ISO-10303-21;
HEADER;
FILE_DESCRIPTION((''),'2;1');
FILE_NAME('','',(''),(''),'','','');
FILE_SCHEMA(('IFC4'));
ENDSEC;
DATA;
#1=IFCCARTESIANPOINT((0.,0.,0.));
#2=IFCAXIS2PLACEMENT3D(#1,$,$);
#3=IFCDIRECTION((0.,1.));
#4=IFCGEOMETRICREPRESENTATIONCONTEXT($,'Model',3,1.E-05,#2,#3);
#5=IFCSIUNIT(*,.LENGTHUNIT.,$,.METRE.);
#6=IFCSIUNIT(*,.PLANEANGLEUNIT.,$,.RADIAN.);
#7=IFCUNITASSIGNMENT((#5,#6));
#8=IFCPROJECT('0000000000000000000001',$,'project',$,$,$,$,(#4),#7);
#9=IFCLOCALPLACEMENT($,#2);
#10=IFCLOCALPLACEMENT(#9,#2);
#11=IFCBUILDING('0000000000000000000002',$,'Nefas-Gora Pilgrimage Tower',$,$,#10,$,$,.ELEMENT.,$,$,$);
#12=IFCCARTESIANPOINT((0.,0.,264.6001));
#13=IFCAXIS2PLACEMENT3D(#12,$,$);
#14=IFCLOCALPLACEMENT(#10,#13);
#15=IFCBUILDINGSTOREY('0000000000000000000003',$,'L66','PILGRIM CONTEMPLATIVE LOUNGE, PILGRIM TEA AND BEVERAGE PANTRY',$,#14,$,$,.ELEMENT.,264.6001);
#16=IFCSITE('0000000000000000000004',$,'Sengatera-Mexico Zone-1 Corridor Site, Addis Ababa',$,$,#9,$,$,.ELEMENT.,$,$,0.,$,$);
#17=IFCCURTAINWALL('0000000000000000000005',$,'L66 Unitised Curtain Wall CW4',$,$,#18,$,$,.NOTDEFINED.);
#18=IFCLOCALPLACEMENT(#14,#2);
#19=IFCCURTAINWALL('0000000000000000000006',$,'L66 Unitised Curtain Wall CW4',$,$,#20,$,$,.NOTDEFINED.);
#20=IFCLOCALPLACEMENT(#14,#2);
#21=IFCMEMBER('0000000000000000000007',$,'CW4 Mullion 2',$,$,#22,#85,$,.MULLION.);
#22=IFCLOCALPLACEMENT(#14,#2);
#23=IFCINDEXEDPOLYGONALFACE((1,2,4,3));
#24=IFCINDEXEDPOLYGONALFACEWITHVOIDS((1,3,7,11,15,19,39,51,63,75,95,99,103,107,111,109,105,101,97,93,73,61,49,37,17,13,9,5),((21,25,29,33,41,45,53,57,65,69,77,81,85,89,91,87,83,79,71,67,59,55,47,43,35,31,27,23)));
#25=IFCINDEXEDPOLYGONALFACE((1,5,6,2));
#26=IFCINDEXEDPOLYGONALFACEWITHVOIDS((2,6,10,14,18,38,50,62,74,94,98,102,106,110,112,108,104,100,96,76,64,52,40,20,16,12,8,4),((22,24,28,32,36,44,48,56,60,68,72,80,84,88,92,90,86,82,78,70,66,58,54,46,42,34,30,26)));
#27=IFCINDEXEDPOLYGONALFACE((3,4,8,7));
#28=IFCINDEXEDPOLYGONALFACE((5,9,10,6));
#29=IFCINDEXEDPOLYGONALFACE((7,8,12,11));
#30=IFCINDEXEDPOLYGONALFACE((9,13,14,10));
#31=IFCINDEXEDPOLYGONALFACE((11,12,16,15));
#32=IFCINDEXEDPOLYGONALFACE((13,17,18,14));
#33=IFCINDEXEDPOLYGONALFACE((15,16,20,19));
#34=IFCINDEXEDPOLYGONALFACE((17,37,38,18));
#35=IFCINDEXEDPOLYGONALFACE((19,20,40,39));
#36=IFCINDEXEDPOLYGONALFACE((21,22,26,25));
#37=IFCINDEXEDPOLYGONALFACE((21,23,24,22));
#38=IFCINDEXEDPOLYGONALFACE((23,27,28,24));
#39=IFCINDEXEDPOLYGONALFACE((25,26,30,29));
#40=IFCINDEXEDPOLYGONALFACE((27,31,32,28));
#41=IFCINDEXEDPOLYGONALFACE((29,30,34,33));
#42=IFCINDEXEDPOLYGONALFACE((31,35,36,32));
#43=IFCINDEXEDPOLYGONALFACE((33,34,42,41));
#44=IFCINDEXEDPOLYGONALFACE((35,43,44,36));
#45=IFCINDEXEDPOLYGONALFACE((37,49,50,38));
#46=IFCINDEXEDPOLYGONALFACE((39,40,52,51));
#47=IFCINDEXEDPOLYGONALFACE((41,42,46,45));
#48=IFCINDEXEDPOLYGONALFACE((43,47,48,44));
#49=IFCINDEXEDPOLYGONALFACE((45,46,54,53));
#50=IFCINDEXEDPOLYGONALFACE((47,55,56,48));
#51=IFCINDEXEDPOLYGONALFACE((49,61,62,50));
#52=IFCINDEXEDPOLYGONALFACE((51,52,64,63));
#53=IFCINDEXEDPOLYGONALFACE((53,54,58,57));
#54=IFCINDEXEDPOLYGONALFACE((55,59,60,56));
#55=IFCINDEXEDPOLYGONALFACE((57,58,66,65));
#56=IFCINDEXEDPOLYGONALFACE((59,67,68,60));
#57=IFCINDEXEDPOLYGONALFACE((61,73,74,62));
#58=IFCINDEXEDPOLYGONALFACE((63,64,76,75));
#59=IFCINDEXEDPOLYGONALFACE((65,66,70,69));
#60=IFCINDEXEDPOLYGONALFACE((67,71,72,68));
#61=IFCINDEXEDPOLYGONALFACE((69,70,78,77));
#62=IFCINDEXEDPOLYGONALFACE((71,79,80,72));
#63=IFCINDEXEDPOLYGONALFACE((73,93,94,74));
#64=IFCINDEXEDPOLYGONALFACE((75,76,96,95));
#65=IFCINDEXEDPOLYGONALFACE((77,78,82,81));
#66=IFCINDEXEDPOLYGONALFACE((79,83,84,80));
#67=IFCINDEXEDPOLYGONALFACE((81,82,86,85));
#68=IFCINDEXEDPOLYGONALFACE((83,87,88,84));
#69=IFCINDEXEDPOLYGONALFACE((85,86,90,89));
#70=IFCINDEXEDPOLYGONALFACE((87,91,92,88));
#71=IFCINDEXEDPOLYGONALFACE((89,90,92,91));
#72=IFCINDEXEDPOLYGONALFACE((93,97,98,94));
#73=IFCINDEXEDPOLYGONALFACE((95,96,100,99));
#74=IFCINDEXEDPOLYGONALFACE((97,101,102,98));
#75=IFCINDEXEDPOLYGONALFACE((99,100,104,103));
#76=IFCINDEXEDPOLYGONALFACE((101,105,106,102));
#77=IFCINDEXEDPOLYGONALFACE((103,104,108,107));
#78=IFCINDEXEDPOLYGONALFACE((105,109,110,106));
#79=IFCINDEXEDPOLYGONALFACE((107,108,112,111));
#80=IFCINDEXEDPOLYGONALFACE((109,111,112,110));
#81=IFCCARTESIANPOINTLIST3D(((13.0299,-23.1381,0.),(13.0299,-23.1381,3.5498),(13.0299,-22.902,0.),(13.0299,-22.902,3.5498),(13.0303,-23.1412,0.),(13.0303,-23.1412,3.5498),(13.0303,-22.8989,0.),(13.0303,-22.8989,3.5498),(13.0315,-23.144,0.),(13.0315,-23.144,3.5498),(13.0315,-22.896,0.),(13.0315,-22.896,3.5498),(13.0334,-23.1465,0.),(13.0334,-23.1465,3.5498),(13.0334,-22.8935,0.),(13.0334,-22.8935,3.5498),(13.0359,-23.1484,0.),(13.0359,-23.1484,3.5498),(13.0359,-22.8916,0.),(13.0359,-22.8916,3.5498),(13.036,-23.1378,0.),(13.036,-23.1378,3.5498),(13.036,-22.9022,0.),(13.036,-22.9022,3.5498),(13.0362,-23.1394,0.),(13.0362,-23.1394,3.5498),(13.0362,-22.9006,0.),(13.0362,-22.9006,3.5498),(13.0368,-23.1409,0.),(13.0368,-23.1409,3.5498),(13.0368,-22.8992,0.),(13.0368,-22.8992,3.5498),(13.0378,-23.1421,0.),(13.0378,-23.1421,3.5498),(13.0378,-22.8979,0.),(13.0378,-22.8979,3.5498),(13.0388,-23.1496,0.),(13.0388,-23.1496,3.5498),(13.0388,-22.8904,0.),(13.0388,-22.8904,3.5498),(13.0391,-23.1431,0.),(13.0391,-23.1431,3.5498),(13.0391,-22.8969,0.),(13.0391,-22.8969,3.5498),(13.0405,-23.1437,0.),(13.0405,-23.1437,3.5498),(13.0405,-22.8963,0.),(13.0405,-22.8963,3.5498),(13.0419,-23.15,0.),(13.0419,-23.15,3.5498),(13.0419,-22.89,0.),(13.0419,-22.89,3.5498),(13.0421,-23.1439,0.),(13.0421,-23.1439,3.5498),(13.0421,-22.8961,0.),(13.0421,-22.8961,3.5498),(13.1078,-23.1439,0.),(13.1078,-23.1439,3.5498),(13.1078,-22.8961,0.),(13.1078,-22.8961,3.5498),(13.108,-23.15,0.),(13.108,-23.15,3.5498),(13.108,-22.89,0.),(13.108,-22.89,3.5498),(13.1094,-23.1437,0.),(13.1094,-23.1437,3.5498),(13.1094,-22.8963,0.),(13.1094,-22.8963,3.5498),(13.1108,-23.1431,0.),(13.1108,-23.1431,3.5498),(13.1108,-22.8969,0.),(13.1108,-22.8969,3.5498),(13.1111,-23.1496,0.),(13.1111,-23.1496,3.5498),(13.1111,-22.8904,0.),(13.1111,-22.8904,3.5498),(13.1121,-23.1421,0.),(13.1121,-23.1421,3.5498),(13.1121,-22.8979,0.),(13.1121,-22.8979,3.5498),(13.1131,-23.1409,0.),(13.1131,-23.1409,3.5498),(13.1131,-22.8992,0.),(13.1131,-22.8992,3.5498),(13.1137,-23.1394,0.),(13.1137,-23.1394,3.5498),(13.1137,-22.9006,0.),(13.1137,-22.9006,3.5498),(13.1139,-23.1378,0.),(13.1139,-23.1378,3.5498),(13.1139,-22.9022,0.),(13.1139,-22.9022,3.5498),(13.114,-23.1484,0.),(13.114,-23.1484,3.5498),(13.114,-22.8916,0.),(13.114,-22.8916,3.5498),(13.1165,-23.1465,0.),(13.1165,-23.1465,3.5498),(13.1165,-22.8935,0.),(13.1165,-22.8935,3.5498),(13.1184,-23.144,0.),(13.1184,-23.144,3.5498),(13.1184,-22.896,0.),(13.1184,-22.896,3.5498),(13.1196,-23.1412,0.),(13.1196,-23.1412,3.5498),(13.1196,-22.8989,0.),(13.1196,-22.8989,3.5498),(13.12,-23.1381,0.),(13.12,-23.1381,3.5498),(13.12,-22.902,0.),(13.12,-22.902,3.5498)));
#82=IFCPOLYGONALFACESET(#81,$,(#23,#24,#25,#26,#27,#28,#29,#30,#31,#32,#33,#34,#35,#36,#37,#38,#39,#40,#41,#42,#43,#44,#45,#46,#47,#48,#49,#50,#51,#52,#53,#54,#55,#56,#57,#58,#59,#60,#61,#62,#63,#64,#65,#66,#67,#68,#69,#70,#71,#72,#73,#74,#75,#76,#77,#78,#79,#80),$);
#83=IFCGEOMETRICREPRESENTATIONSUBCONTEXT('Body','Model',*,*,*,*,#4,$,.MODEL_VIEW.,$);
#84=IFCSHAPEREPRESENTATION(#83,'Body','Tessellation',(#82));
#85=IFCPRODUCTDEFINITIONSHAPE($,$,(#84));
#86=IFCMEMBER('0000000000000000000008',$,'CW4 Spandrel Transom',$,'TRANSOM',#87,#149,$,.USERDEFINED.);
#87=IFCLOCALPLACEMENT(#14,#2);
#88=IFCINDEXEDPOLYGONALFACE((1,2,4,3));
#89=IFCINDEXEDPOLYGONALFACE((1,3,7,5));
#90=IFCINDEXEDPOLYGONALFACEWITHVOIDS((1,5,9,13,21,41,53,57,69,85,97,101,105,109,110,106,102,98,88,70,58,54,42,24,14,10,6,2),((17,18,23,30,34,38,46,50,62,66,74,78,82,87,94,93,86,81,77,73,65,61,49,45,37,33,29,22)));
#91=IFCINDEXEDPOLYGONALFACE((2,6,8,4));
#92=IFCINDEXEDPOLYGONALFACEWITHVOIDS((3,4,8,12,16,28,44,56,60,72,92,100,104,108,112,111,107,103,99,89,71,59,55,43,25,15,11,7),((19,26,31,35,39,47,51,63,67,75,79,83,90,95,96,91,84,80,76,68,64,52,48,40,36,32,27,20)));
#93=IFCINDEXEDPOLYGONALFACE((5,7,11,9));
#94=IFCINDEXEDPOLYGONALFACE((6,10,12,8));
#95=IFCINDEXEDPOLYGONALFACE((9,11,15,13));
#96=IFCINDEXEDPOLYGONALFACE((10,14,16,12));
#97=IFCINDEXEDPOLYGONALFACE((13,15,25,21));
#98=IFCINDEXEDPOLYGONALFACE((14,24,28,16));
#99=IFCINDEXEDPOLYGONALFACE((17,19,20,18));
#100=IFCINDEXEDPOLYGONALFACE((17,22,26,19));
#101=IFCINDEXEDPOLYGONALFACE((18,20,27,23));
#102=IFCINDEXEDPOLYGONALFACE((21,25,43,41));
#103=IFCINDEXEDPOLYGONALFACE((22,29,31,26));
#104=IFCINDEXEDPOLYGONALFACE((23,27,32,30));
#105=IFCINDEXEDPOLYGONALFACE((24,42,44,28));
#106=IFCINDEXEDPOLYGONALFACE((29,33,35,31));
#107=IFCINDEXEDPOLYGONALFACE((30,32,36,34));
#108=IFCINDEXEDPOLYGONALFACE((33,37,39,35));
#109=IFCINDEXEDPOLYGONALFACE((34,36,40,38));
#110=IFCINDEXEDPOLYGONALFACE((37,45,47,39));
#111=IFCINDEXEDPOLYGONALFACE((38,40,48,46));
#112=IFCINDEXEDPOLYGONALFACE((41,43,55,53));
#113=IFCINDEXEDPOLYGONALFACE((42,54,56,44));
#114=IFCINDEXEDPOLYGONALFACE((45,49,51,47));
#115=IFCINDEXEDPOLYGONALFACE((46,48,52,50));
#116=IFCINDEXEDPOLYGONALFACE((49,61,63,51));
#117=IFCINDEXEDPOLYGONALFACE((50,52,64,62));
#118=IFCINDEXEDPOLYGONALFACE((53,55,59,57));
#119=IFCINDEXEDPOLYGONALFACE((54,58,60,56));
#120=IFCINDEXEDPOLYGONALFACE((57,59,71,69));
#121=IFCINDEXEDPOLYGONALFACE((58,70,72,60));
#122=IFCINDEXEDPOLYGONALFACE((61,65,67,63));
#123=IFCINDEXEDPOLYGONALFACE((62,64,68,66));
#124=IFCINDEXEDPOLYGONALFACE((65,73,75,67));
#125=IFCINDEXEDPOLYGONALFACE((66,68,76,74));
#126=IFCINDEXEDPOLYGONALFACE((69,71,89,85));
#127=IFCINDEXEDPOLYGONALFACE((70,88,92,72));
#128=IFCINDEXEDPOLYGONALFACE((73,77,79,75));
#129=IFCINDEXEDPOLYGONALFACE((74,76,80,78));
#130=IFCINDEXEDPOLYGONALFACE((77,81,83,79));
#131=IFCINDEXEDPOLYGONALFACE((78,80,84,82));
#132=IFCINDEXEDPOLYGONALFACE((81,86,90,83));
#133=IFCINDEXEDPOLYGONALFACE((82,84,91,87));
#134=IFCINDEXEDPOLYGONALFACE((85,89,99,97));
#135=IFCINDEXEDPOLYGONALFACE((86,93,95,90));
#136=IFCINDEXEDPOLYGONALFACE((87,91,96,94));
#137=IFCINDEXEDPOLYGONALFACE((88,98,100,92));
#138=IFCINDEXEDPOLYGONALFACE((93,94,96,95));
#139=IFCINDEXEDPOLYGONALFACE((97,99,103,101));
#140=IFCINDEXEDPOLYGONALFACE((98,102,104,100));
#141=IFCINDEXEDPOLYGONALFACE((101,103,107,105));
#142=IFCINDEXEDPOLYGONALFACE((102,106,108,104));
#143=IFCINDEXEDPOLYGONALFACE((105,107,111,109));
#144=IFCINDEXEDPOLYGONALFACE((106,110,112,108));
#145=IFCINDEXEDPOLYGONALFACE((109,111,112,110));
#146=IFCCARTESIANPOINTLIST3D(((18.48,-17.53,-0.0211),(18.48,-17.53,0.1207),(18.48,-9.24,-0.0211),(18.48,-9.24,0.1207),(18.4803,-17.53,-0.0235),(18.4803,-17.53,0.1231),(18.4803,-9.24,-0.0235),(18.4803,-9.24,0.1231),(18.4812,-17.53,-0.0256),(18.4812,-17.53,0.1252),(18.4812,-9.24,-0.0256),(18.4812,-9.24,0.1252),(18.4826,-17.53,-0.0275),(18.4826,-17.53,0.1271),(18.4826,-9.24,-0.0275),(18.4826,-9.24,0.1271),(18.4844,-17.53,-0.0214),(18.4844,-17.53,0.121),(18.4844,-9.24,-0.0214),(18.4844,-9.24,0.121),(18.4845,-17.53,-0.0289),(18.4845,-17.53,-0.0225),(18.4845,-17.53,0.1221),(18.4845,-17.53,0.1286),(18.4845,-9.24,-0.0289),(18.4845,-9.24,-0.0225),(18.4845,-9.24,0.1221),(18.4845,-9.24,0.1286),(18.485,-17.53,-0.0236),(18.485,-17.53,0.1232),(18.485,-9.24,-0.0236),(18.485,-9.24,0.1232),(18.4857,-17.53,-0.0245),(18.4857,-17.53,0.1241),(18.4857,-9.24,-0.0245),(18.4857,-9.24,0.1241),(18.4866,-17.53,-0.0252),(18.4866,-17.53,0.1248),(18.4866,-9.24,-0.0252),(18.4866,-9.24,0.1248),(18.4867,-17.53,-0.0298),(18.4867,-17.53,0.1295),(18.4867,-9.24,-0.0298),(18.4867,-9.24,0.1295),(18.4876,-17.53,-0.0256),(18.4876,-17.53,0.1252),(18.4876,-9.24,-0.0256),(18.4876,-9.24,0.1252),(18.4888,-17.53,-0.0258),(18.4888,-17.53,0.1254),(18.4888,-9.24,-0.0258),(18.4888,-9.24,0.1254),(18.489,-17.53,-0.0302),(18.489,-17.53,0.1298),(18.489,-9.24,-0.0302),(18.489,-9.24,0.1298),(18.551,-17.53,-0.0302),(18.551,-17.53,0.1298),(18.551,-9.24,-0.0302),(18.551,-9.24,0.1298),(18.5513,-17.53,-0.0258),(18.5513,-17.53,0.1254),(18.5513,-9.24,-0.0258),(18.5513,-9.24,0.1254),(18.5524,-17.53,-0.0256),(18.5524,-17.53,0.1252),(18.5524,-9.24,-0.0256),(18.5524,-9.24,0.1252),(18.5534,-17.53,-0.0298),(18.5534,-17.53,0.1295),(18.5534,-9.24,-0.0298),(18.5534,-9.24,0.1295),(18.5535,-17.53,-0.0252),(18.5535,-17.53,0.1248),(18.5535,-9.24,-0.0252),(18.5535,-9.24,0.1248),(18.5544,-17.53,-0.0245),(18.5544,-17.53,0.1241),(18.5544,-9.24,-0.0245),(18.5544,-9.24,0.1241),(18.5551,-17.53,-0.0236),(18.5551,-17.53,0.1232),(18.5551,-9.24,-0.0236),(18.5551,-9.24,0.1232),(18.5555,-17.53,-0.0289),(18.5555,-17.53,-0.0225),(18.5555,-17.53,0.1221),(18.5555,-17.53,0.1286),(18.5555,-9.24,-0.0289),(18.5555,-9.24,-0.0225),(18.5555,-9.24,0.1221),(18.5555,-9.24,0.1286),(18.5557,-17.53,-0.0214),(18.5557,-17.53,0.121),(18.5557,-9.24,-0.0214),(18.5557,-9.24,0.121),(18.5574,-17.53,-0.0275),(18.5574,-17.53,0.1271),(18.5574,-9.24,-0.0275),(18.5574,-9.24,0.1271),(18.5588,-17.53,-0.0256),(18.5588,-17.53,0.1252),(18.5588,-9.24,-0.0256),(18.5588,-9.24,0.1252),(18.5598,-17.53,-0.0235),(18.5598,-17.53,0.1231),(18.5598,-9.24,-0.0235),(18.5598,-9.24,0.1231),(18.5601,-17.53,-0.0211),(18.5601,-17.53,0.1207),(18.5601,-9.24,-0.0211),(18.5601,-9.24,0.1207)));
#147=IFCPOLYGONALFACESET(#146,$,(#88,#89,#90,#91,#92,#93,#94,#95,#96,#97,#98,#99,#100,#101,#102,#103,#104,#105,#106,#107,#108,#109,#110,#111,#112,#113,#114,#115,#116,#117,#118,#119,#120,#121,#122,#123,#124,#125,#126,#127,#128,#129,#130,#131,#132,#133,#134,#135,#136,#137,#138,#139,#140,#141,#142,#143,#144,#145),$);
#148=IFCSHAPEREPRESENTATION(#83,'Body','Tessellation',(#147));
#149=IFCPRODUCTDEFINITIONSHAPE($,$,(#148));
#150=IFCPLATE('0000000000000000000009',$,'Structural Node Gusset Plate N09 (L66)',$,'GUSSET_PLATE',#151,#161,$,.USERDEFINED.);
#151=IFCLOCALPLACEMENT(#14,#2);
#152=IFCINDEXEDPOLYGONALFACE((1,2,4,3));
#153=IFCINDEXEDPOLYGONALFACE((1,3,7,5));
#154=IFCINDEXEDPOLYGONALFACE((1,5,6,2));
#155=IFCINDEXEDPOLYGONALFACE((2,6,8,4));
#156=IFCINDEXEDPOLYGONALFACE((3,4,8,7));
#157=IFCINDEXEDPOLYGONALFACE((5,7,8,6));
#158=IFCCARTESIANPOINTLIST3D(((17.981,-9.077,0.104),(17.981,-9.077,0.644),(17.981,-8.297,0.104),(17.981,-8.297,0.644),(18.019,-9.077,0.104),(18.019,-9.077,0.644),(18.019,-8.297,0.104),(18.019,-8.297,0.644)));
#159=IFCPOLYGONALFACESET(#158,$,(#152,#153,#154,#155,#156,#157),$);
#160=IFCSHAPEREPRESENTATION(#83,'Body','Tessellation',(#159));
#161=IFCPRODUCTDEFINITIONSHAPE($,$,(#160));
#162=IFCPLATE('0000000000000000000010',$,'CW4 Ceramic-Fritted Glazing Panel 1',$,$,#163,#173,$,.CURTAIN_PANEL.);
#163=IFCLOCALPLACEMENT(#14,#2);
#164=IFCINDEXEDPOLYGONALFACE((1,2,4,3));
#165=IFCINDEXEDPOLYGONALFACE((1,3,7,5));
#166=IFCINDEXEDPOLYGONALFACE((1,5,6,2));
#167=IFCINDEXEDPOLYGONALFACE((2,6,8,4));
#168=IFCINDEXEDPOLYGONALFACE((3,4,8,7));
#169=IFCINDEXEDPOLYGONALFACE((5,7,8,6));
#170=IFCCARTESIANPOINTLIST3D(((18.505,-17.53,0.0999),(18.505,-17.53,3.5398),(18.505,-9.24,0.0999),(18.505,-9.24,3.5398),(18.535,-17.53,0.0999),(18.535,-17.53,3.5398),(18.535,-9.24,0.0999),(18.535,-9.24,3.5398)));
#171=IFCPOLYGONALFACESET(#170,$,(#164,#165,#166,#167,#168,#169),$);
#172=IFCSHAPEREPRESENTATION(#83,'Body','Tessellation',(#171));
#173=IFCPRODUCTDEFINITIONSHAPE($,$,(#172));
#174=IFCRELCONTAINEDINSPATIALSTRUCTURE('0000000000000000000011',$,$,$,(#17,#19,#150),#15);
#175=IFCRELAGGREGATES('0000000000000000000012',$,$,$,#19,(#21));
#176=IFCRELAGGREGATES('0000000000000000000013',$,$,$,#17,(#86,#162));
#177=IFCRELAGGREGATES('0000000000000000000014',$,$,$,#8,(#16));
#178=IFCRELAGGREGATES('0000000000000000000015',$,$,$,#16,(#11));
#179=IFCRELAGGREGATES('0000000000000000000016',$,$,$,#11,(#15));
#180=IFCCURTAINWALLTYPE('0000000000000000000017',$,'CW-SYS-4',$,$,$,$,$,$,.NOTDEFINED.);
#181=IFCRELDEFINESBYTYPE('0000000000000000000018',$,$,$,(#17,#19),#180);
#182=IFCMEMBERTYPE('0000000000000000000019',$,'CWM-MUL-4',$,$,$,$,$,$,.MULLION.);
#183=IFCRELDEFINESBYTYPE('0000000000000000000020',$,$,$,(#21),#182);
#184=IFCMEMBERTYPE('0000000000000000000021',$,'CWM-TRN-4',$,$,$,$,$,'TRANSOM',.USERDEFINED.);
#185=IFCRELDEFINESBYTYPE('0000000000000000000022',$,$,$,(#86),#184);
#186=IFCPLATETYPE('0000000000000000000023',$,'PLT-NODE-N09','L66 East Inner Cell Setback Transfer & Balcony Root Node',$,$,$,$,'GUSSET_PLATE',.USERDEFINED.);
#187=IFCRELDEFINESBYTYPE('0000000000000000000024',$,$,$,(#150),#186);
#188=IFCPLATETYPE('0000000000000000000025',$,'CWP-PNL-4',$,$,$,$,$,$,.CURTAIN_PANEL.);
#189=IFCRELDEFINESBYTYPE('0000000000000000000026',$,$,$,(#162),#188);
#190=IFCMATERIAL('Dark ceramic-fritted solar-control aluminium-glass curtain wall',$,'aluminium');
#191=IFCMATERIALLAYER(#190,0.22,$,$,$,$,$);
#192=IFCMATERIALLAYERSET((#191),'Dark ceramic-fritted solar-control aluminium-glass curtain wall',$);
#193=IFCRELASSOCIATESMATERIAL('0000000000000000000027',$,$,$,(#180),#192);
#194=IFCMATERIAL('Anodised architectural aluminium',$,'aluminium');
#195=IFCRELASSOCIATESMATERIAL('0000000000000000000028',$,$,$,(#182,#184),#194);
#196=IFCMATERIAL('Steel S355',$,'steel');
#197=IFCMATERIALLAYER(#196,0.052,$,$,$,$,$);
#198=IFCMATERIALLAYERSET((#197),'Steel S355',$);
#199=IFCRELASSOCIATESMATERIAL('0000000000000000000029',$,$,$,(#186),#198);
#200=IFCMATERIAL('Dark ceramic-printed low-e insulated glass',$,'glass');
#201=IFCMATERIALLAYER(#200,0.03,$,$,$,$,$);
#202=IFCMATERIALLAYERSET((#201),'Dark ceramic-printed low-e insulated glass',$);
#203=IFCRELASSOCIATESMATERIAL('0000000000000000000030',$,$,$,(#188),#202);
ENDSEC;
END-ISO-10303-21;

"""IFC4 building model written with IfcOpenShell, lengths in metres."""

from ifc_helpers import new_model, si_unit, direction, frame, origin, origin_2d, place, context, subcontext, project, spatial, rectangle, hollow_rectangle, extrude, source, transform, mapped, material, layer, layer_set, material_profile, profile_set, type_object, element, aggregate, save


model = new_model("IFC4")

# Units and contexts
model_context = context("Model", 3, precision=1e-05, world=origin(), true_north=direction((0.0, 1.0)))
body_context = subcontext(model_context, "Body", "Model", "MODEL_VIEW")
ifc_project = project(units=[si_unit("LENGTHUNIT", "METRE"), si_unit("PLANEANGLEUNIT", "RADIAN")], contexts=[model_context])

# Site, building, storey
site_placement = place(None, origin())
site = spatial("IfcSite", under=ifc_project, at=site_placement, Name="Sengatera-Mexico Zone-1 Corridor Site, Addis Ababa", CompositionType="ELEMENT", RefElevation=0.0)
building_placement = place(site_placement, origin())
building = spatial("IfcBuilding", under=site, at=building_placement, Name="Nefas-Gora Pilgrimage Tower", CompositionType="ELEMENT")
storey_placement = place(building_placement, frame((0.0, 0.0, 264.6001)))
storey = spatial("IfcBuildingStorey", under=building, at=storey_placement, Name="L66", Description="PILGRIM CONTEMPLATIVE LOUNGE, PILGRIM TEA AND BEVERAGE PANTRY", CompositionType="ELEMENT", Elevation=264.6001)

# Shared definitions
ifc_material_1 = material(Name="Steel S355", Category="steel")

# Curtain wall
ifc_material_2 = material(Name="Dark ceramic-fritted solar-control aluminium-glass curtain wall", Category="aluminium")
ifc_layer_1 = layer(ifc_material_2, 0.22)
ifc_layer_set_1 = layer_set([ifc_layer_1], Name="Dark ceramic-fritted solar-control aluminium-glass curtain wall")
curtain_wall_type = type_object("IfcCurtainWallType", Name="CW-SYS-4", PredefinedType="NOTDEFINED", material=ifc_layer_set_1)
curtain_wall_1_placement = place(storey_placement, origin())
curtain_wall_1 = element("IfcCurtainWall", 1, at=curtain_wall_1_placement, inside=storey, type_object=curtain_wall_type, Name="L66 Unitised Curtain Wall CW4", PredefinedType="NOTDEFINED")
ifc_material_3 = material(Name="Anodised architectural aluminium", Category="aluminium")
ifc_material_profile_1 = material_profile(ifc_material_3, hollow_rectangle(XDim=0.0901, YDim=0.26, WallThickness=0.0061, InnerFilletRadius=0.0061, OuterFilletRadius=0.012, at=origin_2d()), Name="ALU MULLION 90x260")
ifc_profile_set_1 = profile_set([ifc_material_profile_1], Name="Anodised architectural aluminium")
member_type_1 = type_object("IfcMemberType", Name="CWM-MUL-4", PredefinedType="MULLION", material=ifc_profile_set_1)
shared_shape_1 = source(origin(), body_context, "Body", "SweptSolid", [
    extrude(hollow_rectangle(XDim=0.0901, YDim=0.26, WallThickness=0.0061, InnerFilletRadius=0.0061, OuterFilletRadius=0.012, at=origin_2d()), origin(), (0.0, 0.0, 1.0), 3.5498),
])

# Curtain wall, member
curtain_wall_2_placement = place(storey_placement, origin())
curtain_wall_2 = element("IfcCurtainWall", 2, at=curtain_wall_2_placement, inside=storey, type_object=curtain_wall_type, Name="L66 Unitised Curtain Wall CW4", PredefinedType="NOTDEFINED")
member_1_placement = place(storey_placement, frame((13.075, -23.02, 0.0), z_axis=(0.0, 0.0, 1.0), x_axis=(1.0, 0.0, 0.0)))
member_1 = element("IfcMember", 3, at=member_1_placement, type_object=member_type_1, Name="CW4 Mullion 2", PredefinedType="MULLION", context=body_context, shape_type="MappedRepresentation", body=[
    mapped(shared_shape_1, transform((0.0, 0.0, 0.0), x_axis=(1.0, 0.0, 0.0), y_axis=(0.0, 1.0, 0.0), z_axis=(0.0, 0.0, 1.0), scale=1.0)),
])
aggregate(curtain_wall_2, [member_1])

# Member
ifc_material_profile_2 = material_profile(ifc_material_3, hollow_rectangle(XDim=0.0801, YDim=0.1599, WallThickness=0.0044, InnerFilletRadius=0.0044, OuterFilletRadius=0.009, at=origin_2d()), Name="ALU TRANSOM 80x160")
ifc_profile_set_2 = profile_set([ifc_material_profile_2], Name="Anodised architectural aluminium")
member_type_2 = type_object("IfcMemberType", Name="CWM-TRN-4", ElementType="TRANSOM", PredefinedType="USERDEFINED", material=ifc_profile_set_2)
shared_shape_2 = source(origin(), body_context, "Body", "SweptSolid", [
    extrude(hollow_rectangle(XDim=0.0801, YDim=0.1599, WallThickness=0.0044, InnerFilletRadius=0.0044, OuterFilletRadius=0.009, at=origin_2d()), origin(), (0.0, 0.0, 1.0), 8.29),
])
member_2_placement = place(storey_placement, frame((18.52, -17.53, 0.0498), z_axis=(0.0, 1.0, 0.0), x_axis=(-1.0, 0.0, 0.0)))
member_2 = element("IfcMember", 4, at=member_2_placement, type_object=member_type_2, Name="CW4 Spandrel Transom", ObjectType="TRANSOM", PredefinedType="USERDEFINED", context=body_context, shape_type="MappedRepresentation", body=[
    mapped(shared_shape_2, transform((0.0, 0.0, 0.0), x_axis=(1.0, 0.0, 0.0), y_axis=(0.0, 1.0, 0.0), z_axis=(0.0, 0.0, 1.0), scale=1.0)),
])

# Plates
ifc_layer_2 = layer(ifc_material_1, 0.052)
ifc_layer_set_2 = layer_set([ifc_layer_2], Name="Steel S355")
plate_type_1 = type_object("IfcPlateType", Name="PLT-NODE-N09", Description="L66 East Inner Cell Setback Transfer & Balcony Root Node", ElementType="GUSSET_PLATE", PredefinedType="USERDEFINED", material=ifc_layer_set_2)
shared_shape_3 = source(origin(), body_context, "Body", "SweptSolid", [
    extrude(rectangle(XDim=0.78, YDim=0.0381, at=origin_2d()), origin(), (0.0, 0.0, 1.0), 0.54),
])
plate_1_placement = place(storey_placement, frame((18.0, -8.687, 0.104), z_axis=(0.0, 0.0, 1.0), x_axis=(0.0, 1.0, 0.0)))
element("IfcPlate", 5, at=plate_1_placement, inside=storey, type_object=plate_type_1, Name="Structural Node Gusset Plate N09 (L66)", ObjectType="GUSSET_PLATE", PredefinedType="USERDEFINED", context=body_context, shape_type="MappedRepresentation", body=[
    mapped(shared_shape_3, transform((0.0, 0.0, 0.0), x_axis=(1.0, 0.0, 0.0), y_axis=(0.0, 1.0, 0.0), z_axis=(0.0, 0.0, 1.0), scale=1.0)),
])
ifc_material_4 = material(Name="Dark ceramic-printed low-e insulated glass", Category="glass")
ifc_layer_3 = layer(ifc_material_4, 0.03)
ifc_layer_set_3 = layer_set([ifc_layer_3], Name="Dark ceramic-printed low-e insulated glass")
plate_type_2 = type_object("IfcPlateType", Name="CWP-PNL-4", PredefinedType="CURTAIN_PANEL", material=ifc_layer_set_3)
shared_shape_4 = source(origin(), body_context, "Body", "SweptSolid", [
    extrude(rectangle(XDim=8.29, YDim=0.03, at=origin_2d()), origin(), (0.0, 0.0, 1.0), 3.4399),
])
plate_2_placement = place(storey_placement, frame((18.52, -13.385, 0.0999), z_axis=(0.0, 0.0, 1.0), x_axis=(0.0, 1.0, 0.0)))
plate_2 = element("IfcPlate", 6, at=plate_2_placement, type_object=plate_type_2, Name="CW4 Ceramic-Fritted Glazing Panel 1", PredefinedType="CURTAIN_PANEL", context=body_context, shape_type="MappedRepresentation", body=[
    mapped(shared_shape_4, transform((0.0, 0.0, 0.0), x_axis=(1.0, 0.0, 0.0), y_axis=(0.0, 1.0, 0.0), z_axis=(0.0, 0.0, 1.0), scale=1.0)),
])
aggregate(curtain_wall_1, [member_2, plate_2])

save(model, "model.ifc")
